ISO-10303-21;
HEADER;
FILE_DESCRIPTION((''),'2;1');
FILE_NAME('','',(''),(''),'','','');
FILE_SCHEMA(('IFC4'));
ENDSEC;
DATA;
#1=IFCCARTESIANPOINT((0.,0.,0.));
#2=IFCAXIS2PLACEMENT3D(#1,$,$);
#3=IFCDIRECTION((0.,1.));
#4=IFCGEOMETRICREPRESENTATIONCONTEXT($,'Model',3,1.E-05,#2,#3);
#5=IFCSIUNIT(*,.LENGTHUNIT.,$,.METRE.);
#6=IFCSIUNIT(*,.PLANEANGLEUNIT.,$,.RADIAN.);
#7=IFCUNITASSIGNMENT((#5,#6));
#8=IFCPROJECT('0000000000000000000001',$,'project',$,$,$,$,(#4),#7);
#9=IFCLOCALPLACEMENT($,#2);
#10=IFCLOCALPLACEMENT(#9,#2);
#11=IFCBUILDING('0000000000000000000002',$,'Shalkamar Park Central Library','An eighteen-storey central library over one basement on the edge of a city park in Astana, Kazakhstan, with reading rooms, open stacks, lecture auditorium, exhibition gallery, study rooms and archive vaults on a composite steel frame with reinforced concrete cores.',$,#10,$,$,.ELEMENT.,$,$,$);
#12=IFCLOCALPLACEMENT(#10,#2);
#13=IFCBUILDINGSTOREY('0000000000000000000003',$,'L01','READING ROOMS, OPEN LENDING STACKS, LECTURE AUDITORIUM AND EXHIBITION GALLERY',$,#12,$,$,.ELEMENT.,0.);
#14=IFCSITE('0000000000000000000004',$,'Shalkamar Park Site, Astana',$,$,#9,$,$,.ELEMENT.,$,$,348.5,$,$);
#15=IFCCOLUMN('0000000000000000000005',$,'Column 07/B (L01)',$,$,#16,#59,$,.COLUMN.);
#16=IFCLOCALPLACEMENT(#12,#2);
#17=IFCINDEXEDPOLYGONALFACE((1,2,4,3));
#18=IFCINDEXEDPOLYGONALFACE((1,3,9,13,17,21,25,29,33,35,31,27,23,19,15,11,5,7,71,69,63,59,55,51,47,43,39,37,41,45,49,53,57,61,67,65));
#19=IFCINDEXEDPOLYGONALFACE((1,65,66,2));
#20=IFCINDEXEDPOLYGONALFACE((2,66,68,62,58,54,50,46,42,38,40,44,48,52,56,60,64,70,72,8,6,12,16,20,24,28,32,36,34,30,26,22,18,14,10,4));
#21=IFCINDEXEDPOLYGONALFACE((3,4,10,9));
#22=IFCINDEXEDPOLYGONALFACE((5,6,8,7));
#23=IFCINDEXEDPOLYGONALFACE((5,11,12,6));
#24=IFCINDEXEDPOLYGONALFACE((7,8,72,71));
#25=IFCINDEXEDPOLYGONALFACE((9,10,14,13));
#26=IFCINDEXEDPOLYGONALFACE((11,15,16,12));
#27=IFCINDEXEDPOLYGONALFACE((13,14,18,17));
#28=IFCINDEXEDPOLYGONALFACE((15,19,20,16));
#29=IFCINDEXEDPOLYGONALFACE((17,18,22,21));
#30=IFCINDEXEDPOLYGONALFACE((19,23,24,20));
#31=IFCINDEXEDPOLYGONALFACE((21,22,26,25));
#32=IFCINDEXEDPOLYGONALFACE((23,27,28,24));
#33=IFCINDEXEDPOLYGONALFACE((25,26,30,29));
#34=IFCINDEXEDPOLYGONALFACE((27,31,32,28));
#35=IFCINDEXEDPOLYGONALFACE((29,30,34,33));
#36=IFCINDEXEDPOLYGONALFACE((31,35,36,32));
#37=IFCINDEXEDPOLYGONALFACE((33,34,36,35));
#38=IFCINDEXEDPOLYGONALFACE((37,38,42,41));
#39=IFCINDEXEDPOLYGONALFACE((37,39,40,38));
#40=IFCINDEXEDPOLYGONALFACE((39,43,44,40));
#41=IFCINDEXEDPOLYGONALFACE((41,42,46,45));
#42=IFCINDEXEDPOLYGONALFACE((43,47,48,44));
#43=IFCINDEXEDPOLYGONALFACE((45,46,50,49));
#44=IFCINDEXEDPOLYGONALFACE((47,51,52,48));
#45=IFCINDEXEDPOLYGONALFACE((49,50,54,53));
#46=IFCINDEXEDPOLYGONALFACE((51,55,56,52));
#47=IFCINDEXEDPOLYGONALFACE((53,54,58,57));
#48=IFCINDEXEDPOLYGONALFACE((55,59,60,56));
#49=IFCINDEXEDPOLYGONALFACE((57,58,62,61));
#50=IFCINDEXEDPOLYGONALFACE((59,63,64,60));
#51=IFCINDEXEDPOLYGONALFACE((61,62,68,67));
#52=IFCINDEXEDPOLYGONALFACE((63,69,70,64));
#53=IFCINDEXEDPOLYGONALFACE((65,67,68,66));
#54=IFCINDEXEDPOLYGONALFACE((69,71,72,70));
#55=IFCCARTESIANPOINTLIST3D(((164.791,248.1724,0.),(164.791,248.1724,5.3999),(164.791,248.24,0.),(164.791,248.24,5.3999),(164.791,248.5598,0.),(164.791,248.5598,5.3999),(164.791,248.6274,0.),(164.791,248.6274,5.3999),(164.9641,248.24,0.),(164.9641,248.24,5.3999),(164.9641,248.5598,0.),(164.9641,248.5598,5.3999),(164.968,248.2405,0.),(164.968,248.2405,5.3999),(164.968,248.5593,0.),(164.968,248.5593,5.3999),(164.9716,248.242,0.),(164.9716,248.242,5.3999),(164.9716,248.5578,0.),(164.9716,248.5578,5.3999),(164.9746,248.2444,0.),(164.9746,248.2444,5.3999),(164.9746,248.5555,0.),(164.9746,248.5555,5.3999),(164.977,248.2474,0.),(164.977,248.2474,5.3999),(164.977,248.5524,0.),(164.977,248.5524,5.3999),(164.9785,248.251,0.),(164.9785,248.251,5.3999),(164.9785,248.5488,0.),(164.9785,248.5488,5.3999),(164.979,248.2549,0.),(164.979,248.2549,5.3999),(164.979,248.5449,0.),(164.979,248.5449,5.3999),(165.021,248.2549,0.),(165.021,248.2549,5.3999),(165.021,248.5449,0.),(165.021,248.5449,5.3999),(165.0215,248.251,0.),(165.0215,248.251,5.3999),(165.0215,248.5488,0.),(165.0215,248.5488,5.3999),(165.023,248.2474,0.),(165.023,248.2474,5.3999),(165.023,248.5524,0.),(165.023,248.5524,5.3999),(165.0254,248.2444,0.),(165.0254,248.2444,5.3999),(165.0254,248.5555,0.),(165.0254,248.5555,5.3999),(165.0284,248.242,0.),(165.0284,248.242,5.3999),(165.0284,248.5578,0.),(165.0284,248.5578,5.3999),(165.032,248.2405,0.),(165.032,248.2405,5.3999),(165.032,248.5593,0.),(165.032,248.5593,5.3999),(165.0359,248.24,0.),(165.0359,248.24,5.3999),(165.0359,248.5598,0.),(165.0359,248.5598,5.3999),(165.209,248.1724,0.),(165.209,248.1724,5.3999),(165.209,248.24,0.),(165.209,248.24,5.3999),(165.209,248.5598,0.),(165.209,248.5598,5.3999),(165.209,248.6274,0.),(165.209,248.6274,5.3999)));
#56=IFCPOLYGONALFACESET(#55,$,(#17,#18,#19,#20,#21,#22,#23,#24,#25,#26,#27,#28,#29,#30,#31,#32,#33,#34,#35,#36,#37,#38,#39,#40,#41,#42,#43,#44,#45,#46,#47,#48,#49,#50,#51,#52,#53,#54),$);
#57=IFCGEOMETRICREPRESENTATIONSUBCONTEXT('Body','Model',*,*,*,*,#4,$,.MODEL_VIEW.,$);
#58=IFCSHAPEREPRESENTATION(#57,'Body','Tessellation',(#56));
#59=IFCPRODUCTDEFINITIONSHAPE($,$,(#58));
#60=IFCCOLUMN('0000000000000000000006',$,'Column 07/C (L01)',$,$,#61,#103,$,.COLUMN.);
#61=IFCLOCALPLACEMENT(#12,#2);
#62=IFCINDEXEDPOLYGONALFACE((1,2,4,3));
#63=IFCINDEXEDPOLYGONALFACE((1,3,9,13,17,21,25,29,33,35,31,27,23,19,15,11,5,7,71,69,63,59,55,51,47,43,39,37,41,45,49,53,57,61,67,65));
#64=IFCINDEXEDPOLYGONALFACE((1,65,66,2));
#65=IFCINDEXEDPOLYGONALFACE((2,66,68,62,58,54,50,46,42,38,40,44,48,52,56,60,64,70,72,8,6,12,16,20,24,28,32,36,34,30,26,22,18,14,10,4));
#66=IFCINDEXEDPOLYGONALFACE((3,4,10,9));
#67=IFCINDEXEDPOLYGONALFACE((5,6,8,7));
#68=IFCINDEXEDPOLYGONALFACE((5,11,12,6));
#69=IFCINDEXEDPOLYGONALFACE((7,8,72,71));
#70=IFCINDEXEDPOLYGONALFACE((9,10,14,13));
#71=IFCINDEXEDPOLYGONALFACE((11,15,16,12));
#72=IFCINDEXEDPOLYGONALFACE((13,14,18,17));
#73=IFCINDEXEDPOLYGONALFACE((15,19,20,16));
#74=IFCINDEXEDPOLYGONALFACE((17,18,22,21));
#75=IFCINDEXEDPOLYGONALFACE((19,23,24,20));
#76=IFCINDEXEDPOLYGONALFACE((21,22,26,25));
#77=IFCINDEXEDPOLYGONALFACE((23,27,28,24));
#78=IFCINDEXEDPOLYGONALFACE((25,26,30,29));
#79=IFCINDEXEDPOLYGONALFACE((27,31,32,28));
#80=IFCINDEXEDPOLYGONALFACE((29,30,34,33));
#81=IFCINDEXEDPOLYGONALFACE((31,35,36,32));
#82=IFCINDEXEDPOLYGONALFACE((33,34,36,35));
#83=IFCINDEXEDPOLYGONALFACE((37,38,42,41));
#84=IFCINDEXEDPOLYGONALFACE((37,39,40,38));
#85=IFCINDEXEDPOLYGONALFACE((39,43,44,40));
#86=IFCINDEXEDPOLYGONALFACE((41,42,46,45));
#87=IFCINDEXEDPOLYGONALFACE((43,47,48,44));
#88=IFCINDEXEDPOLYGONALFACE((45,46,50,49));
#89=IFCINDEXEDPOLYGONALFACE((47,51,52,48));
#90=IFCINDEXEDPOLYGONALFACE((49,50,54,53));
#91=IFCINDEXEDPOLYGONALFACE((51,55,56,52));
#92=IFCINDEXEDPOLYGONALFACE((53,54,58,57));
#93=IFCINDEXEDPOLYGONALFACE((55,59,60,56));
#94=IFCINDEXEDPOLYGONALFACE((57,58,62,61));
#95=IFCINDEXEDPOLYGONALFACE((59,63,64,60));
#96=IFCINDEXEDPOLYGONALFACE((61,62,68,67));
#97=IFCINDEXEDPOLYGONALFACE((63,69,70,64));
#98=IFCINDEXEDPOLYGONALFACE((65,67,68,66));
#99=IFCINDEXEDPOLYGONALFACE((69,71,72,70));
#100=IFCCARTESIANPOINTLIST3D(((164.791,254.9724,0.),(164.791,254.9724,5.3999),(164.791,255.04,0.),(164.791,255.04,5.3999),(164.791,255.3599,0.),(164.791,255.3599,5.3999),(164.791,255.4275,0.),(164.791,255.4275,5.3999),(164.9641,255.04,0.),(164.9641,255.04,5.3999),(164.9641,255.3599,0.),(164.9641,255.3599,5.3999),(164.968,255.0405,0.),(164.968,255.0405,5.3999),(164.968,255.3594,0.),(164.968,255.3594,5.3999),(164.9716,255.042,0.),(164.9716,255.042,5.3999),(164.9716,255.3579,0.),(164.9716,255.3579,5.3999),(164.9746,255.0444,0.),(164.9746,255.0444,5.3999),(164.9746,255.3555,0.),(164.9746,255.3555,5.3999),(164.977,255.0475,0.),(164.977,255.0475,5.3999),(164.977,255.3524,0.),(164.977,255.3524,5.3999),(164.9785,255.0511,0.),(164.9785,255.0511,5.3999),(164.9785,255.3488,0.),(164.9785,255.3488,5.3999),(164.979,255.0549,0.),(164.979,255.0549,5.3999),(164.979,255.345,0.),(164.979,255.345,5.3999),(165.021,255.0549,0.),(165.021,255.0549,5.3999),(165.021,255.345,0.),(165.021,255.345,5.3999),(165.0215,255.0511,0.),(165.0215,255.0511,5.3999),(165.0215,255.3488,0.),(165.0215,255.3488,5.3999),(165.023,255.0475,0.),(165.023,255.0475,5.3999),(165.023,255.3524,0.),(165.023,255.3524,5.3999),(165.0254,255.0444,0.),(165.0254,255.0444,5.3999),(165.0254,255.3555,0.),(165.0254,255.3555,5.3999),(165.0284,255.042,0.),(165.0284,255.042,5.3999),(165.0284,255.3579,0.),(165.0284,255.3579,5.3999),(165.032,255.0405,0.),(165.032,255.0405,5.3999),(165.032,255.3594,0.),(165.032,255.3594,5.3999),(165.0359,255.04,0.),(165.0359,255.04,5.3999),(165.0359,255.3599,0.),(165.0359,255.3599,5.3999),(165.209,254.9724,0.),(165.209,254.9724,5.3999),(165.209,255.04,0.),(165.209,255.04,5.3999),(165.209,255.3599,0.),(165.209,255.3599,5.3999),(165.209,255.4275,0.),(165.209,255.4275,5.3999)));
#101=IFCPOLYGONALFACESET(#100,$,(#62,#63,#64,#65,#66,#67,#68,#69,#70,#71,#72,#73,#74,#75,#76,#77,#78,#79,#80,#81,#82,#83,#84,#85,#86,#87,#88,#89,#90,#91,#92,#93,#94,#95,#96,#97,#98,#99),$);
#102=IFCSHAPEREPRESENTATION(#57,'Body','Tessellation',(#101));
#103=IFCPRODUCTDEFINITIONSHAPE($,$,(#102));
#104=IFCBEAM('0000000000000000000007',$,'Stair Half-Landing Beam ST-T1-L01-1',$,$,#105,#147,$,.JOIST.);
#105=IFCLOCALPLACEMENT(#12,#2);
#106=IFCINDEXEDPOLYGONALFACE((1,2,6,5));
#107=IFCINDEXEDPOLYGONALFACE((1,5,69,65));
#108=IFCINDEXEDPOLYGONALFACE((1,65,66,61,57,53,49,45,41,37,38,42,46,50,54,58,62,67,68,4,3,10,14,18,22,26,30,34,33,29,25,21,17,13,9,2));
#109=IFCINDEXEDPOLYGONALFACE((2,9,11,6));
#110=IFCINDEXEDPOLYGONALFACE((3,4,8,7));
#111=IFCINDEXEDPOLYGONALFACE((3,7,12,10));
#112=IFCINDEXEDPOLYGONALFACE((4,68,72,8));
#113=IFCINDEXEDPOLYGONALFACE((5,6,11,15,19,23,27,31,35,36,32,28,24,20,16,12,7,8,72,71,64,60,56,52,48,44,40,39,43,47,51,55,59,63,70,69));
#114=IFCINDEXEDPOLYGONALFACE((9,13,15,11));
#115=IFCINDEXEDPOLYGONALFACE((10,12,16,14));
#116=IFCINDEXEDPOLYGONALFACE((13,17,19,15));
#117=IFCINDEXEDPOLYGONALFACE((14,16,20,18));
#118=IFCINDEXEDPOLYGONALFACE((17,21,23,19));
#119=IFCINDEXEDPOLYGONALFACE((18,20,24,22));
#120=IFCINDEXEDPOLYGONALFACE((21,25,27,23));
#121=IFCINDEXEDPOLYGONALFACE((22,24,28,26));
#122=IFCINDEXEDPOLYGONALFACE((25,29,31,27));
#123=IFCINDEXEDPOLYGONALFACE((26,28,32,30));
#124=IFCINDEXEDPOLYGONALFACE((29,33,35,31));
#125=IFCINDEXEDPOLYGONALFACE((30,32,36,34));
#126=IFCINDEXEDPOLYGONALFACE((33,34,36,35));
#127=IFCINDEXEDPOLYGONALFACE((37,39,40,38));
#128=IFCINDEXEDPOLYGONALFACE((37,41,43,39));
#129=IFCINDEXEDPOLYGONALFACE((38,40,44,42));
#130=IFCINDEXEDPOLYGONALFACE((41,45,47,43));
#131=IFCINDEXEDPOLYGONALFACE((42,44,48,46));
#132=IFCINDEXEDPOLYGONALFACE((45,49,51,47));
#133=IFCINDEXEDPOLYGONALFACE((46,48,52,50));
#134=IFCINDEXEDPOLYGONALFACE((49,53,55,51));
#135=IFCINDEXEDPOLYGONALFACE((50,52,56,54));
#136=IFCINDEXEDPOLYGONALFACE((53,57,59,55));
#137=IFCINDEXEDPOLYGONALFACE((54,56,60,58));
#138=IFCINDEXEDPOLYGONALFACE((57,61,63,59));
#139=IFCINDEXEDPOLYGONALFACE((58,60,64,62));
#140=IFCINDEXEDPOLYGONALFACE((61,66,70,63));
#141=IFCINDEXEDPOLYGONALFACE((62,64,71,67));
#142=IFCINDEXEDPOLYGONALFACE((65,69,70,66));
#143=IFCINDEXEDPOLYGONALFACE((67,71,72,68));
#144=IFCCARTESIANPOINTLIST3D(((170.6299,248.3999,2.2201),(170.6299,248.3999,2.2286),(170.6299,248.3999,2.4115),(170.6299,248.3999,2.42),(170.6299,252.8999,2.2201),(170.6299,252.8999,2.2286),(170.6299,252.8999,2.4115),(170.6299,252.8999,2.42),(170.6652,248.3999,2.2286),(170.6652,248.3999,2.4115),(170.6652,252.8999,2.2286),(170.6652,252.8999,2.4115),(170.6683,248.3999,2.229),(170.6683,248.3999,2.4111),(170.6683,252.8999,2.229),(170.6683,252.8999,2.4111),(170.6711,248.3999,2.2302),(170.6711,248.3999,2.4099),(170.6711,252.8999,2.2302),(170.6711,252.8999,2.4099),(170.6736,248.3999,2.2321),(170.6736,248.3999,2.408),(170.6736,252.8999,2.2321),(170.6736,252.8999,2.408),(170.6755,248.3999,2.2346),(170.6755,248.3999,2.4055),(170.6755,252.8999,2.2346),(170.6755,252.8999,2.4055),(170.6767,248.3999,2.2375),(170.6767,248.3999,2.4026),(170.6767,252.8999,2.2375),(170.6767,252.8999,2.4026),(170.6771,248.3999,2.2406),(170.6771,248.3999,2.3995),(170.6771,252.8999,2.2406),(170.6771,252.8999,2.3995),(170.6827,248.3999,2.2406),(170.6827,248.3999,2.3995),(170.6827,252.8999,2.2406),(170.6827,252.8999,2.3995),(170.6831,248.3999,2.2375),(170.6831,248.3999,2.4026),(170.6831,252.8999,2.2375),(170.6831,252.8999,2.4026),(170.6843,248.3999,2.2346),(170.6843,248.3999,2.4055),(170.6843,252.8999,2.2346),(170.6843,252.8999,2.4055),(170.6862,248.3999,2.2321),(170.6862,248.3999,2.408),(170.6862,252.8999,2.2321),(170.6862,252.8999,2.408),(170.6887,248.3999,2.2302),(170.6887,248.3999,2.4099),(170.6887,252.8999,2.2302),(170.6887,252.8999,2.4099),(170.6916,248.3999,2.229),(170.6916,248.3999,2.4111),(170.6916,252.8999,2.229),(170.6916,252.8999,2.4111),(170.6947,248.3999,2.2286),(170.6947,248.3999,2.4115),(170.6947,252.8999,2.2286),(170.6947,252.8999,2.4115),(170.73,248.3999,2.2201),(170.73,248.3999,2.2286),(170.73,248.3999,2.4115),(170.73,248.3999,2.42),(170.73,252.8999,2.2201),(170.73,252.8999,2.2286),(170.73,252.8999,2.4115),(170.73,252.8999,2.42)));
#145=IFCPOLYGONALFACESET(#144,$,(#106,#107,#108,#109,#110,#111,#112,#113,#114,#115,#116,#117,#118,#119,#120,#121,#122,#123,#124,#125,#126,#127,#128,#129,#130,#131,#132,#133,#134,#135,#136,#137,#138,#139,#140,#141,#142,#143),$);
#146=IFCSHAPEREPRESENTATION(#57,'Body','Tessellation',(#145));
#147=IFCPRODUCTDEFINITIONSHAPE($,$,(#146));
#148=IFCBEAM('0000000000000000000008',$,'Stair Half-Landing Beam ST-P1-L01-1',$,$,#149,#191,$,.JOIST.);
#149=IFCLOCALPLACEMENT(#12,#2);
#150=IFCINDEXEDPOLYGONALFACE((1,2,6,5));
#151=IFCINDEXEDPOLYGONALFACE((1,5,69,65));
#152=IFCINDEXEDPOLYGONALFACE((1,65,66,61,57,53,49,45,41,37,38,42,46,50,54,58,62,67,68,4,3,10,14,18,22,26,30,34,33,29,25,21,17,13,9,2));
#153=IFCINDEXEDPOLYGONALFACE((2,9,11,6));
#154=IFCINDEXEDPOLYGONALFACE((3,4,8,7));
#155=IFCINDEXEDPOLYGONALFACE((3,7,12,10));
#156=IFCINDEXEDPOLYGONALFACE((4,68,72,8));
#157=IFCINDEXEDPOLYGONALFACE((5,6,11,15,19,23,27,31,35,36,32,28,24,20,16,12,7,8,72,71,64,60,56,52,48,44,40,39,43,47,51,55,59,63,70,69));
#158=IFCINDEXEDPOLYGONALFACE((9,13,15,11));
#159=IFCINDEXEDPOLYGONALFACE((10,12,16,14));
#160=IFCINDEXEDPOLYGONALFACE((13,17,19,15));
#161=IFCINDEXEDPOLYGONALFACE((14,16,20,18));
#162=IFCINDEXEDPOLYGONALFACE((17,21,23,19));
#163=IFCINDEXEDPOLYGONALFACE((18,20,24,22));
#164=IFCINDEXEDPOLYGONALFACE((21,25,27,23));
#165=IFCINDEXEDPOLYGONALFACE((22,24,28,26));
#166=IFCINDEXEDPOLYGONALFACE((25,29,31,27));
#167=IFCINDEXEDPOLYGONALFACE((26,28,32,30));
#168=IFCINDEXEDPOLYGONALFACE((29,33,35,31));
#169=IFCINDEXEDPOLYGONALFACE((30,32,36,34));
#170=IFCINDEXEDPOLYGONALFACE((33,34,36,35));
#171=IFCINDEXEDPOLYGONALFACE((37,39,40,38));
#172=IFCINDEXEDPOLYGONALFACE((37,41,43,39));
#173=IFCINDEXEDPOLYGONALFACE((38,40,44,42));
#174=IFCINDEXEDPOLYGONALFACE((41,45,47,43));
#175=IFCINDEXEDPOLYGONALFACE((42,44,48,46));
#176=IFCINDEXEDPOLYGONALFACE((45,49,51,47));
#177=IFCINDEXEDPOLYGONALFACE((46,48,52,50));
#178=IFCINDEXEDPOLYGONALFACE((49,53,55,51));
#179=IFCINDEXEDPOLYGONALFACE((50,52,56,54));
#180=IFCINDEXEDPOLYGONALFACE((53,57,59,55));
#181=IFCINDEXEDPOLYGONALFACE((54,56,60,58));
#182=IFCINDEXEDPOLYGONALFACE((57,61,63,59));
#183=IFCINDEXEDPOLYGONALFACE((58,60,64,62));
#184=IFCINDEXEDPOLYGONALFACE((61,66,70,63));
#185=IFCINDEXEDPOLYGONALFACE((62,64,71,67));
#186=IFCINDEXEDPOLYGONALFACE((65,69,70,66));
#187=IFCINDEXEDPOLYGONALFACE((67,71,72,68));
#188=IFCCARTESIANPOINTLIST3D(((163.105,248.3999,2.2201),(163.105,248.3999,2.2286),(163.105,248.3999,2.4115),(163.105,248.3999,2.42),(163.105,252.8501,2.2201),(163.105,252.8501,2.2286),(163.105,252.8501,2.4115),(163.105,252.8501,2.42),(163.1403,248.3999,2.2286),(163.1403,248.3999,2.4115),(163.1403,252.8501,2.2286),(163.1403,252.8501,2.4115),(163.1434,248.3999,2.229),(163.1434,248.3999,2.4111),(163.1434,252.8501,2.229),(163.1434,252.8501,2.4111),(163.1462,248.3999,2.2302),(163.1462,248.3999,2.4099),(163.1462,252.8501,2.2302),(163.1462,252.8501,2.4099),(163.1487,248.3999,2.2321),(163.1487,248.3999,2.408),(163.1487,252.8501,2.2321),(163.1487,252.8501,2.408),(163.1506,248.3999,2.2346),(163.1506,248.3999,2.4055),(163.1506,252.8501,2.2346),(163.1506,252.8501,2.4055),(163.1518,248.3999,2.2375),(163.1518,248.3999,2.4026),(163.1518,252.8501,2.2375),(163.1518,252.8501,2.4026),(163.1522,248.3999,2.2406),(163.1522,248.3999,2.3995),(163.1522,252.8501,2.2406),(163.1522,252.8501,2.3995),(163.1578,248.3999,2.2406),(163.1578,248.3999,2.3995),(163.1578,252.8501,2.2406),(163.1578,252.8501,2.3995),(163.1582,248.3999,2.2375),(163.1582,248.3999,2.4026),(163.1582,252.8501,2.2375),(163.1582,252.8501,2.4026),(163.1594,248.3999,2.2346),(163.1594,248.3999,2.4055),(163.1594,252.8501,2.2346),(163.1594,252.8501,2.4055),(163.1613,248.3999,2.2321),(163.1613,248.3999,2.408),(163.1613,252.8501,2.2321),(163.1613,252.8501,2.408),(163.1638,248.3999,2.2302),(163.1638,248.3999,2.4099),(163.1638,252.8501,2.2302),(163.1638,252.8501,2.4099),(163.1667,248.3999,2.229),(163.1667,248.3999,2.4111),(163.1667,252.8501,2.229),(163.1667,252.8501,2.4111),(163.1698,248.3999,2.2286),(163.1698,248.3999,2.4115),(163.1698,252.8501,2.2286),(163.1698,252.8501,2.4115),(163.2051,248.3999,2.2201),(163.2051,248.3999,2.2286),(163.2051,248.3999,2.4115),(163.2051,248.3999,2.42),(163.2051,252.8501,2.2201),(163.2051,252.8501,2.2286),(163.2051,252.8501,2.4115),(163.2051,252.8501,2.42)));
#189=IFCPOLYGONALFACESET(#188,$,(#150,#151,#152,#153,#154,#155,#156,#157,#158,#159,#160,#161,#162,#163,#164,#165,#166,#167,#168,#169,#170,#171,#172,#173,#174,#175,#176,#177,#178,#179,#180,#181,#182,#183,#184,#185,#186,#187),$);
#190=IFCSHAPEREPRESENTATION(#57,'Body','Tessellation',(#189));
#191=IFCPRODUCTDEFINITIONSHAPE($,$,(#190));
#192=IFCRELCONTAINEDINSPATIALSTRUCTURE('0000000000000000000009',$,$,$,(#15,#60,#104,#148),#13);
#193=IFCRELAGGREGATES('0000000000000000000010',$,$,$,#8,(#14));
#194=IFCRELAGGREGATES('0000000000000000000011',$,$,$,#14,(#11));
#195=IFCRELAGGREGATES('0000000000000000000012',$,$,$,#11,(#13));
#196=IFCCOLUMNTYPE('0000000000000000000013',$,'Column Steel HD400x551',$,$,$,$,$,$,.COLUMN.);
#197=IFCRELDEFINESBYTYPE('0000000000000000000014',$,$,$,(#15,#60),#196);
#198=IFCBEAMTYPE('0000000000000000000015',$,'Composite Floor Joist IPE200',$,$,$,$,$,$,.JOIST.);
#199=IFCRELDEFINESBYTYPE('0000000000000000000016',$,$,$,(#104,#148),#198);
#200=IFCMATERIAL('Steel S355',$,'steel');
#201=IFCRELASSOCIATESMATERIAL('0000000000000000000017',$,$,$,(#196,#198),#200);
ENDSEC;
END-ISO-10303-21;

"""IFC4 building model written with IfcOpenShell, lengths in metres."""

from ifc_helpers import new_model, si_unit, direction, frame, origin, origin_2d, place, context, subcontext, project, spatial, i_section, extrude, material, material_profile, profile_set, type_object, element, save


model = new_model("IFC4")

# Units and contexts
model_context = context("Model", 3, precision=1e-05, world=origin(), true_north=direction((0.0, 1.0)))
body_context = subcontext(model_context, "Body", "Model", "MODEL_VIEW")
ifc_project = project(units=[si_unit("LENGTHUNIT", "METRE"), si_unit("PLANEANGLEUNIT", "RADIAN")], contexts=[model_context])

# Site, building, storey
site_placement = place(None, origin())
site = spatial("IfcSite", under=ifc_project, at=site_placement, Name="Shalkamar Park Site, Astana", CompositionType="ELEMENT", RefElevation=348.5)
building_placement = place(site_placement, origin())
building = spatial("IfcBuilding", under=site, at=building_placement, Name="Shalkamar Park Central Library", Description="An eighteen-storey central library over one basement on the edge of a city park in Astana, Kazakhstan, with reading rooms, open stacks, lecture auditorium, exhibition gallery, study rooms and archive vaults on a composite steel frame with reinforced concrete cores.", CompositionType="ELEMENT")
storey_placement = place(building_placement, origin())
storey = spatial("IfcBuildingStorey", under=building, at=storey_placement, Name="L01", Description="READING ROOMS, OPEN LENDING STACKS, LECTURE AUDITORIUM AND EXHIBITION GALLERY", CompositionType="ELEMENT", Elevation=0.0)

# Columns
ifc_material_1 = material(Name="Steel S355", Category="steel")
ifc_material_profile_1 = material_profile(ifc_material_1, i_section(OverallWidth=0.418, OverallDepth=0.4551, WebThickness=0.042, FlangeThickness=0.0676, FilletRadius=0.0149, at=origin_2d()), Name="HD 400x551")
ifc_profile_set_1 = profile_set([ifc_material_profile_1], Name="Steel S355")
column_type = type_object("IfcColumnType", Name="Column Steel HD400x551", PredefinedType="COLUMN", material=ifc_profile_set_1)
for number, where, z_axis, x_axis, name in (
    (1, (165.0, 248.3999, 0.0), (0.0, 0.0, 1.0), (1.0, 0.0, 0.0), "Column 07/B (L01)"),
    (2, (165.0, 255.2, 0.0), (0.0, 0.0, 1.0), (1.0, 0.0, 0.0), "Column 07/C (L01)"),
):
    element("IfcColumn", number, at=place(storey_placement, frame(where, z_axis=z_axis, x_axis=x_axis)), inside=storey, type_object=column_type, Name=name, PredefinedType="COLUMN", context=body_context, shape_type="SweptSolid", body=[
        extrude(i_section(OverallWidth=0.418, OverallDepth=0.4551, WebThickness=0.042, FlangeThickness=0.0676, FilletRadius=0.0149, at=origin_2d()), origin(), (0.0, 0.0, 1.0), 5.3999),
    ])

# Beams
ifc_material_profile_2 = material_profile(ifc_material_1, i_section(OverallWidth=0.1001, OverallDepth=0.2, WebThickness=0.0056, FlangeThickness=0.0085, FilletRadius=0.012, at=origin_2d()), Name="IPE 200")
ifc_profile_set_2 = profile_set([ifc_material_profile_2], Name="Steel S355")
beam_type_1 = type_object("IfcBeamType", Name="Composite Floor Joist IPE200", PredefinedType="JOIST", material=ifc_profile_set_2)
beam_1_placement = place(storey_placement, frame((170.6799, 248.3999, 2.3201), z_axis=(0.0, 1.0, 0.0), x_axis=(-1.0, 0.0, 0.0)))
element("IfcBeam", 3, at=beam_1_placement, inside=storey, type_object=beam_type_1, Name="Stair Half-Landing Beam ST-T1-L01-1", PredefinedType="JOIST", context=body_context, shape_type="SweptSolid", body=[
    extrude(i_section(OverallWidth=0.1001, OverallDepth=0.2, WebThickness=0.0056, FlangeThickness=0.0085, FilletRadius=0.012, at=origin_2d()), origin(), (0.0, 0.0, 1.0), 4.5),
])
for number, where, z_axis, x_axis, name in (
    (4, (163.155, 248.3999, 2.3201), (0.0, 1.0, 0.0), (-1.0, 0.0, 0.0), "Stair Half-Landing Beam ST-P1-L01-1"),
):
    element("IfcBeam", number, at=place(storey_placement, frame(where, z_axis=z_axis, x_axis=x_axis)), inside=storey, type_object=beam_type_1, Name=name, PredefinedType="JOIST", context=body_context, shape_type="SweptSolid", body=[
        extrude(i_section(OverallWidth=0.1001, OverallDepth=0.2, WebThickness=0.0056, FlangeThickness=0.0085, FilletRadius=0.012, at=origin_2d()), origin(), (0.0, 0.0, 1.0), 4.4502),
    ])

save(model, "model.ifc")
